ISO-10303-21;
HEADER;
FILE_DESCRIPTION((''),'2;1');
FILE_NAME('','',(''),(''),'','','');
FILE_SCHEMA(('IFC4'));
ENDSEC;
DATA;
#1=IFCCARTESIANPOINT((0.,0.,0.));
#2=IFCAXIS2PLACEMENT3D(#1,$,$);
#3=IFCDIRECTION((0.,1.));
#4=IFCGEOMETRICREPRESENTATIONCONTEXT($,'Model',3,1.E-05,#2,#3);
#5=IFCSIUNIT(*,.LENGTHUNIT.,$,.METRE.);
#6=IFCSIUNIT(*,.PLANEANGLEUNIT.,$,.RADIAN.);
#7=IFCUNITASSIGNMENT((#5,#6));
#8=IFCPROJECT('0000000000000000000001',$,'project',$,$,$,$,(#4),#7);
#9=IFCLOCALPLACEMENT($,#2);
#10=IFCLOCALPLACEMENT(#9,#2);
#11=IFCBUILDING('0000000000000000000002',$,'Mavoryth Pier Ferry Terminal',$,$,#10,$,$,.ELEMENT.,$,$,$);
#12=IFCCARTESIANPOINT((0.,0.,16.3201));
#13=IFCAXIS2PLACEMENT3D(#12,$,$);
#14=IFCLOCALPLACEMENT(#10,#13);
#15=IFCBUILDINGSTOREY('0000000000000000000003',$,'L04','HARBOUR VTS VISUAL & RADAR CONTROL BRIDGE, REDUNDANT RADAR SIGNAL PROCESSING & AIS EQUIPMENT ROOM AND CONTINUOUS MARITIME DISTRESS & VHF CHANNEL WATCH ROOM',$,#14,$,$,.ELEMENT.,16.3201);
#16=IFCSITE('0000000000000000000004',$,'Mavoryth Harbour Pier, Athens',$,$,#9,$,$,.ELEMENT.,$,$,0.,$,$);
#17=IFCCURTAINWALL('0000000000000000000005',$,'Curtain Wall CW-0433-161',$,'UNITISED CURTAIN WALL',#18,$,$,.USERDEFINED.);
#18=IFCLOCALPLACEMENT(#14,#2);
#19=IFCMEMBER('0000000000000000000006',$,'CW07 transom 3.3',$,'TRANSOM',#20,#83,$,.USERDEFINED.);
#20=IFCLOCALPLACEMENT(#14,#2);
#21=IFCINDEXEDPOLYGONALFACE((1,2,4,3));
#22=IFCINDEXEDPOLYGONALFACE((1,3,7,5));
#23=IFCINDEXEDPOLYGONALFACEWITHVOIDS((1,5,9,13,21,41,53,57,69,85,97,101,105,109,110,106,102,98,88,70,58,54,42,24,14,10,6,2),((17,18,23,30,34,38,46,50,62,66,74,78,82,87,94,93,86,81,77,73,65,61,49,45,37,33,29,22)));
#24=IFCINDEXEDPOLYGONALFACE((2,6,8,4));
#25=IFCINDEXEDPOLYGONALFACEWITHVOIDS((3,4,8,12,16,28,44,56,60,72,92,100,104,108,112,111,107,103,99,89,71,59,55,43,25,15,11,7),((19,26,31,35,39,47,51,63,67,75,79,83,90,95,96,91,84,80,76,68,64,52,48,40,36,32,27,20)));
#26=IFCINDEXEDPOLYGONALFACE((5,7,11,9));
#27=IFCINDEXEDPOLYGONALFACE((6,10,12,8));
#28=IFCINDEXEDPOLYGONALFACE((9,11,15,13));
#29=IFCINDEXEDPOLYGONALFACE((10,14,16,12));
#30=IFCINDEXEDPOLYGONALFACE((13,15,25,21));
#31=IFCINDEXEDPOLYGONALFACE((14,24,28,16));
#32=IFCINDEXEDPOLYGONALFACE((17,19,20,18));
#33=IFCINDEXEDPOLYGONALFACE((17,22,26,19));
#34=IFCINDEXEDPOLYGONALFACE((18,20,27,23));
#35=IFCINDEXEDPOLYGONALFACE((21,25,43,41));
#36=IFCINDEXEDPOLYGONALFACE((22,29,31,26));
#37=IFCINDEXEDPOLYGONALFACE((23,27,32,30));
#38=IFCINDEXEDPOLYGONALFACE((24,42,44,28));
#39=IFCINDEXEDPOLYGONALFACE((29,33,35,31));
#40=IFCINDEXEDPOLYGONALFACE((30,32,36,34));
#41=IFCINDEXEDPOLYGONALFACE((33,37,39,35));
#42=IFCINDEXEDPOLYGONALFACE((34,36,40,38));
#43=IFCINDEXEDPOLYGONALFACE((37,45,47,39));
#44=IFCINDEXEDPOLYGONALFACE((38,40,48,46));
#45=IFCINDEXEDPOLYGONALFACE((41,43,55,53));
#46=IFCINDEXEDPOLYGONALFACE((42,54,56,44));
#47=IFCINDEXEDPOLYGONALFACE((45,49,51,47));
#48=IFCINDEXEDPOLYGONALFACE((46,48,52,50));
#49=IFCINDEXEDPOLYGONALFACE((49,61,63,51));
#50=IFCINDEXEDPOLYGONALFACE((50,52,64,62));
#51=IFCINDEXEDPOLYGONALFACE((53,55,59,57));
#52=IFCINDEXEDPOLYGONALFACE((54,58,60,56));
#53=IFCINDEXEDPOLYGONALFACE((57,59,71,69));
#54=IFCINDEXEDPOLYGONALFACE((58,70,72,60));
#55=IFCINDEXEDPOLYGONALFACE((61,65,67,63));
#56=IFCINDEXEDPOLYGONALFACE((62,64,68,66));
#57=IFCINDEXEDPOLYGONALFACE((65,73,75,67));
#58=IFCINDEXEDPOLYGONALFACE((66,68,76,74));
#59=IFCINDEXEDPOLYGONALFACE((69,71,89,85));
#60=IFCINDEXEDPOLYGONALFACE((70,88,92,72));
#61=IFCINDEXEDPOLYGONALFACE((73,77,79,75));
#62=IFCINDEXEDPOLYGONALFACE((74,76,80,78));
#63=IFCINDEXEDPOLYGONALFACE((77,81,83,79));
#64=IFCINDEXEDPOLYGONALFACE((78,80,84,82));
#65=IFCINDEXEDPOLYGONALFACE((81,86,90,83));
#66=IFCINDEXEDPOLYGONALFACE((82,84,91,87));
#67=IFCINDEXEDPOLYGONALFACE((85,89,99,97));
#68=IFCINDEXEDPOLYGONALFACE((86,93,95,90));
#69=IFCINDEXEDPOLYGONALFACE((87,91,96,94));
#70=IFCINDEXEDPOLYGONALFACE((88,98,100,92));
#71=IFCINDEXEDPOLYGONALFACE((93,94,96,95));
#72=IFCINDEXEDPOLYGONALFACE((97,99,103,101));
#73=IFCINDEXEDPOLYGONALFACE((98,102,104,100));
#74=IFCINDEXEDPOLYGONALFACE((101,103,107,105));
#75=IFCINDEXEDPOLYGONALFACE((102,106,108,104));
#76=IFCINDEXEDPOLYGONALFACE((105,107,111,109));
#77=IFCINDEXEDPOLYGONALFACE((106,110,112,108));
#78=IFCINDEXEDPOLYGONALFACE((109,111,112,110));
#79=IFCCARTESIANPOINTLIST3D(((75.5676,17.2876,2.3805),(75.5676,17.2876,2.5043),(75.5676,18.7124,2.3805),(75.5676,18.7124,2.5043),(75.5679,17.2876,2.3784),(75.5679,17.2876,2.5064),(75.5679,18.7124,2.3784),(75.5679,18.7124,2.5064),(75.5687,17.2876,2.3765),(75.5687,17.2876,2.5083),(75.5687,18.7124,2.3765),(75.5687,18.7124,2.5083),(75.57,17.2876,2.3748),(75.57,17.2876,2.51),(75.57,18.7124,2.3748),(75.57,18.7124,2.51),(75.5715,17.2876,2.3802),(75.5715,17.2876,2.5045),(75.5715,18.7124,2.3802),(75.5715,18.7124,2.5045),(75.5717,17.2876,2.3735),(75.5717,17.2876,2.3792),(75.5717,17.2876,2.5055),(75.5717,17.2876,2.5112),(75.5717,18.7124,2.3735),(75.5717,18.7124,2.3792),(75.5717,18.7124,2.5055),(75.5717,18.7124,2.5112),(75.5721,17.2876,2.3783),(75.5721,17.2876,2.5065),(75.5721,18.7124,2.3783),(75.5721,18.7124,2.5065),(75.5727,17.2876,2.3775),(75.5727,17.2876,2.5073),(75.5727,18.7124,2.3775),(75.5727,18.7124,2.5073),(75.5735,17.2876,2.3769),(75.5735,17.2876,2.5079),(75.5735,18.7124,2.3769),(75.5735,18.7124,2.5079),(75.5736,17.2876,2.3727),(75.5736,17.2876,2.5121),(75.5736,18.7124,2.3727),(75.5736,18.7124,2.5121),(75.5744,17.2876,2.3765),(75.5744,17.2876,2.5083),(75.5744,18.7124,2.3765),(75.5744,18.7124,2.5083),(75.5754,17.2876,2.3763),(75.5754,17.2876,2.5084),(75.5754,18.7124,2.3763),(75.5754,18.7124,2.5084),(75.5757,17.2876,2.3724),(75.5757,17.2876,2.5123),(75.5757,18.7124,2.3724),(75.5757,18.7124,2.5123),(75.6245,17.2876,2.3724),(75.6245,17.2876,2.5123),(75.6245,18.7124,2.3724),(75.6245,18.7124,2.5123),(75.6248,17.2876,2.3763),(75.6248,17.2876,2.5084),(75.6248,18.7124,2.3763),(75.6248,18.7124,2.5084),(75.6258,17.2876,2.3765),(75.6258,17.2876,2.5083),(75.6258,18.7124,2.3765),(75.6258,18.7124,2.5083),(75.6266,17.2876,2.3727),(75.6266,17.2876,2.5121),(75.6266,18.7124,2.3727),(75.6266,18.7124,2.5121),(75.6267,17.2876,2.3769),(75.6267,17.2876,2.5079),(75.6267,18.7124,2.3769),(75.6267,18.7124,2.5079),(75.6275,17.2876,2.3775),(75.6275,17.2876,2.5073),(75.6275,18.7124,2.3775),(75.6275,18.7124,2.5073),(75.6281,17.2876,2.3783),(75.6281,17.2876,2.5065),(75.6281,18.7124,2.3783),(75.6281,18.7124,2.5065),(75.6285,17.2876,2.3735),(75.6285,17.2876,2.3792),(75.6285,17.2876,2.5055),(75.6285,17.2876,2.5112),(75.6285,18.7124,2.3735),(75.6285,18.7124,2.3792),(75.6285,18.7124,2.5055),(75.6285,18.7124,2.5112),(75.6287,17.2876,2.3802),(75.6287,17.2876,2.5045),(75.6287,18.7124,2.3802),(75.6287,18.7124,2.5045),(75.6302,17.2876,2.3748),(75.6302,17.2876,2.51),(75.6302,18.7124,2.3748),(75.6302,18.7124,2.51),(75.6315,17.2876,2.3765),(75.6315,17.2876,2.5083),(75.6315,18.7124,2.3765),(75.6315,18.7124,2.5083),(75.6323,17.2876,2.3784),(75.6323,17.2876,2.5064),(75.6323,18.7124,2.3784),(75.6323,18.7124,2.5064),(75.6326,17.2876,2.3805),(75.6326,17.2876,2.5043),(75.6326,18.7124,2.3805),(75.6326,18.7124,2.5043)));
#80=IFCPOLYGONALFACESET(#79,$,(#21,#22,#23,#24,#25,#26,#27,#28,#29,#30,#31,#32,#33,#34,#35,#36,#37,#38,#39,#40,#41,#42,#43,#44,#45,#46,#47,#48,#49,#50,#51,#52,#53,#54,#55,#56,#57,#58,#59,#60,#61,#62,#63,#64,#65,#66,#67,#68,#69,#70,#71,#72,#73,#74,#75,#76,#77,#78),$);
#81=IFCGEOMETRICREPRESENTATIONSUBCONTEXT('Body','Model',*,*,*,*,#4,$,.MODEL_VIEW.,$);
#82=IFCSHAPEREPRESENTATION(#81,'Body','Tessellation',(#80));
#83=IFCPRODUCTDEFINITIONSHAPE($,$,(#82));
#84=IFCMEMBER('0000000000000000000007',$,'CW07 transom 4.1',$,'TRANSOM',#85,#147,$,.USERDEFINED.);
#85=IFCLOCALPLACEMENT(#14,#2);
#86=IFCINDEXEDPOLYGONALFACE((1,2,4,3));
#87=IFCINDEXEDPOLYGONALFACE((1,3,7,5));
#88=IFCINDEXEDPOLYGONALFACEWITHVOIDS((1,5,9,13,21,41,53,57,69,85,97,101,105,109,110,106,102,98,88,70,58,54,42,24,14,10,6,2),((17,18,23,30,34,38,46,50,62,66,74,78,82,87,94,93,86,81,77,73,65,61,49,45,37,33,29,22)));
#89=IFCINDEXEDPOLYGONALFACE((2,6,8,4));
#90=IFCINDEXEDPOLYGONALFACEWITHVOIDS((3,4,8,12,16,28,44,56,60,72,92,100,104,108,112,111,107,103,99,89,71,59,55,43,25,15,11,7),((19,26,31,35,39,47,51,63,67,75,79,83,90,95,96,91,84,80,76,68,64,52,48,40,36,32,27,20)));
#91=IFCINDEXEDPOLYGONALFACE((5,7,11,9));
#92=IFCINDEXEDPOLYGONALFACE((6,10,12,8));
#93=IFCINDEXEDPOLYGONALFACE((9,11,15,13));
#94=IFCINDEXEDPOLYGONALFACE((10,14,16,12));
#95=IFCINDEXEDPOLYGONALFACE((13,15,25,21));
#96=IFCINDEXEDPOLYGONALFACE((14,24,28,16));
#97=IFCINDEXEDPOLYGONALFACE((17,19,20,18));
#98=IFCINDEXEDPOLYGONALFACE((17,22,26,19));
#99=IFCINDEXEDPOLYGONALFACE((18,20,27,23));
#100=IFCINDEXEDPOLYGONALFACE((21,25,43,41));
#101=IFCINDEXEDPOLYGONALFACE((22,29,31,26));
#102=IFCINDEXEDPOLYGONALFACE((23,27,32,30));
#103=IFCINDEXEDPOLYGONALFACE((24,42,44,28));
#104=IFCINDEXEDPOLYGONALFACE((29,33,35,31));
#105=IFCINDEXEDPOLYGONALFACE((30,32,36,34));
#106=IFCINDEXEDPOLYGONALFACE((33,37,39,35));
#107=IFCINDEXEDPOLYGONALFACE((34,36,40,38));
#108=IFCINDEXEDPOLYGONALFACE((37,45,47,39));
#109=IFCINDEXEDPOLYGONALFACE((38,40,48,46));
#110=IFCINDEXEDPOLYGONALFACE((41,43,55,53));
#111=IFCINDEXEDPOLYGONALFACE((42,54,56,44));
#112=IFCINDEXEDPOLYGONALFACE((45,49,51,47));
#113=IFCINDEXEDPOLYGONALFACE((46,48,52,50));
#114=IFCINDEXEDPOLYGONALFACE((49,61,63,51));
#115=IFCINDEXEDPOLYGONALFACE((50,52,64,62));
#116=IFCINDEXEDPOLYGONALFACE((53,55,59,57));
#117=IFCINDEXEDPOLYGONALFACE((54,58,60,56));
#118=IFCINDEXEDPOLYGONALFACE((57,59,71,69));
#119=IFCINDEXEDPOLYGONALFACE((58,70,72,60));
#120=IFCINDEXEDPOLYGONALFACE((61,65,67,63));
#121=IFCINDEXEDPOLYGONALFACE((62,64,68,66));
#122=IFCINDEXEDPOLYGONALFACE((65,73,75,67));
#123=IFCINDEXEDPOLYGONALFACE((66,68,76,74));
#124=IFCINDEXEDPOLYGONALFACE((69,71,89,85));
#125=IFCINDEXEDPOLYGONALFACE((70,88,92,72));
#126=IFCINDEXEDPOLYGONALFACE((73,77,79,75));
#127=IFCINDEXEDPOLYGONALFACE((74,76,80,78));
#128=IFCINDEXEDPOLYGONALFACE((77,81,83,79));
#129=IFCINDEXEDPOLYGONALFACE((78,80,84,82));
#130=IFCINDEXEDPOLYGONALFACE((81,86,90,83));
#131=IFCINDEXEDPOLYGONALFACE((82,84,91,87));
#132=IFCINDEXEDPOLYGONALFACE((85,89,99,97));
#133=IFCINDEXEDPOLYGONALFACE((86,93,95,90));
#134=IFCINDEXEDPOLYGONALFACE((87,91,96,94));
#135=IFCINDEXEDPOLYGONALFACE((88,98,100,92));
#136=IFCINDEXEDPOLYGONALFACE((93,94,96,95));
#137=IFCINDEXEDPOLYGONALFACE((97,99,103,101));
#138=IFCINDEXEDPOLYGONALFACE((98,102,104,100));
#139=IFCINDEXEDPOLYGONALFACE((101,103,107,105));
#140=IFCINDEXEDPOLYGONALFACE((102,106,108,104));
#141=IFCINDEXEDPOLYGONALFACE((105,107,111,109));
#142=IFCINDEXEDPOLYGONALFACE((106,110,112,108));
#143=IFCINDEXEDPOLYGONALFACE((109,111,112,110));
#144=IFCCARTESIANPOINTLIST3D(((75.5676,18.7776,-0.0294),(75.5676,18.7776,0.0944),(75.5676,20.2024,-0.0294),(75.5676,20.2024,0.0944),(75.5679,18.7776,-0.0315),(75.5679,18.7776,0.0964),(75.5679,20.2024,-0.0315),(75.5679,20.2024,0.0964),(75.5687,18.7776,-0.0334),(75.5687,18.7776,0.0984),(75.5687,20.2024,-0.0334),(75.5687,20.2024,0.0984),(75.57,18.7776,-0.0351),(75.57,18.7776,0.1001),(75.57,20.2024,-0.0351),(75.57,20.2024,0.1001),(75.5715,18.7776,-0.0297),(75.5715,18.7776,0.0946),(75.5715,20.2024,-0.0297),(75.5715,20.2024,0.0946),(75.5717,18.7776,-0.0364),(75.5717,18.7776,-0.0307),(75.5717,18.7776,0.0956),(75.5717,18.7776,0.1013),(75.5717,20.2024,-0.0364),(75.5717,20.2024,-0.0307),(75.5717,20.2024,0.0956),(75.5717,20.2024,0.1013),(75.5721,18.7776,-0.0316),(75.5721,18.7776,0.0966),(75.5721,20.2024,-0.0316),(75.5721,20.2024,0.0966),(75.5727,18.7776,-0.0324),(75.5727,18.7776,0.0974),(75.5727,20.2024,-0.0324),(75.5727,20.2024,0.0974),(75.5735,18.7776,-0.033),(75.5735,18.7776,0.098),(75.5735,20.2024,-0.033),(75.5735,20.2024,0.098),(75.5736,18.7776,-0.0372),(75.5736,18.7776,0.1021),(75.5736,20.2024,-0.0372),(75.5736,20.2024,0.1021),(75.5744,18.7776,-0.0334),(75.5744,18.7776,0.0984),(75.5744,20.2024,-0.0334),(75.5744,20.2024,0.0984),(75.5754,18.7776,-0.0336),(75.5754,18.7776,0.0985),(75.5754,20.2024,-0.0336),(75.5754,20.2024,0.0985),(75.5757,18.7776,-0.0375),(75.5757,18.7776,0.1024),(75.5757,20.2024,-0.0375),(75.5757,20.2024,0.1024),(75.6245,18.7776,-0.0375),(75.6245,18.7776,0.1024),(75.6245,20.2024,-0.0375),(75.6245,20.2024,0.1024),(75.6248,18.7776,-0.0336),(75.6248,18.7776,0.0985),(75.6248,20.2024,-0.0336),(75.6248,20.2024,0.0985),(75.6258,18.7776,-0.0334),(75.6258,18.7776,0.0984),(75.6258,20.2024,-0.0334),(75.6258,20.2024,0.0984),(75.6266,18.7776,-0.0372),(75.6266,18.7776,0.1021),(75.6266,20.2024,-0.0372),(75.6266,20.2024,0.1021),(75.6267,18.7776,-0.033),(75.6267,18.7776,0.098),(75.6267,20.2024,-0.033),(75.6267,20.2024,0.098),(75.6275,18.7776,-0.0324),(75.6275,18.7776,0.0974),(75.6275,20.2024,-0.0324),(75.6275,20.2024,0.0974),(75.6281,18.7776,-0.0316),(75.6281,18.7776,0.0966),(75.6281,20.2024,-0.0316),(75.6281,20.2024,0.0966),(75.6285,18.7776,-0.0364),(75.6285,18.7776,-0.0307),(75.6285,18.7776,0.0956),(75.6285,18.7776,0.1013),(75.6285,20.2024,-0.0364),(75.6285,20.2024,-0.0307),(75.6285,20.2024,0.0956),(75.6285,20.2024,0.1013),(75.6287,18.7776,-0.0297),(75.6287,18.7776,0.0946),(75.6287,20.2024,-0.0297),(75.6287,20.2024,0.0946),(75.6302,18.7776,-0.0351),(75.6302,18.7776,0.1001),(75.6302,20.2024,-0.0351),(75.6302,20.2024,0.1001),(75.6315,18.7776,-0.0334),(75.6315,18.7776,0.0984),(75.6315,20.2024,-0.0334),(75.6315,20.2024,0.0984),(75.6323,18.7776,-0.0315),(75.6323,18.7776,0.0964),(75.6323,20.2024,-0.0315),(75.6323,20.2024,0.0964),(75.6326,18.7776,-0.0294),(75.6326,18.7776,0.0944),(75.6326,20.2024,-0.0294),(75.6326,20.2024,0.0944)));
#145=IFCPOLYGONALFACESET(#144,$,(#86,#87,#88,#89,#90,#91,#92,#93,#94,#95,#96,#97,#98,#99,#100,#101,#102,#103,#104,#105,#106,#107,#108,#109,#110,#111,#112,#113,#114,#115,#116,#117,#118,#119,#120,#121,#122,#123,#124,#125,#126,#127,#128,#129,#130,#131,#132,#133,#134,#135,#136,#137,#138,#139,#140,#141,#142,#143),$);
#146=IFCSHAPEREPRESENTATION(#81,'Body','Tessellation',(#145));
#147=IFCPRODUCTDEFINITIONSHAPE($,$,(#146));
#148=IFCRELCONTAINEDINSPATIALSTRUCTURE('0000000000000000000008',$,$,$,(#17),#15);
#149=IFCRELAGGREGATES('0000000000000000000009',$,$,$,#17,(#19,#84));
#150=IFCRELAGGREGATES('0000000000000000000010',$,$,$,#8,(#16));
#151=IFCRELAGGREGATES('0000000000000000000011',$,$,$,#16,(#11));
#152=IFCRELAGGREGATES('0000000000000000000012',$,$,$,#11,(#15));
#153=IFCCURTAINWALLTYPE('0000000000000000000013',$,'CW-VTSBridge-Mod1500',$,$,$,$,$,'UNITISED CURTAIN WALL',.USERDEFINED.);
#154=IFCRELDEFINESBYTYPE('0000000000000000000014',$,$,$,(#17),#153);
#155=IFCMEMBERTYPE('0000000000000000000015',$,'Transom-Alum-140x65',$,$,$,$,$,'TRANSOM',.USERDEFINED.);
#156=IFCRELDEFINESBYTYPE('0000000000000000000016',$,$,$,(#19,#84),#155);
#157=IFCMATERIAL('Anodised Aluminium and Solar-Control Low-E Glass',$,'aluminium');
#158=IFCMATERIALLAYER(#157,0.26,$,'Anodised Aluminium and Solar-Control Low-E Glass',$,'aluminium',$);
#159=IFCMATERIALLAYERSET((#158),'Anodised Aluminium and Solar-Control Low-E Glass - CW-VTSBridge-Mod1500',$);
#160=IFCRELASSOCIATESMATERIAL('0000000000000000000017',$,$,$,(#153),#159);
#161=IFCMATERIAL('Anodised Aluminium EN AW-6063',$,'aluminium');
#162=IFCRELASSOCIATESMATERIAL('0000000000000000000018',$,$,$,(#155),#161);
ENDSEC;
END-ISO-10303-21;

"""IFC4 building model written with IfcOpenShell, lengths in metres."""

from ifc_helpers import new_model, si_unit, direction, frame, origin, origin_2d, place, context, subcontext, project, spatial, hollow_rectangle, extrude, material, layer, layer_set, material_profile, profile_set, type_object, element, aggregate, save


model = new_model("IFC4")

# Units and contexts
model_context = context("Model", 3, precision=1e-05, world=origin(), true_north=direction((0.0, 1.0)))
body_context = subcontext(model_context, "Body", "Model", "MODEL_VIEW")
ifc_project = project(units=[si_unit("LENGTHUNIT", "METRE"), si_unit("PLANEANGLEUNIT", "RADIAN")], contexts=[model_context])

# Site, building, storey
site_placement = place(None, origin())
site = spatial("IfcSite", under=ifc_project, at=site_placement, Name="Mavoryth Harbour Pier, Athens", CompositionType="ELEMENT", RefElevation=0.0)
building_placement = place(site_placement, origin())
building = spatial("IfcBuilding", under=site, at=building_placement, Name="Mavoryth Pier Ferry Terminal", CompositionType="ELEMENT")
storey_placement = place(building_placement, frame((0.0, 0.0, 16.3201)))
storey = spatial("IfcBuildingStorey", under=building, at=storey_placement, Name="L04", Description="HARBOUR VTS VISUAL & RADAR CONTROL BRIDGE, REDUNDANT RADAR SIGNAL PROCESSING & AIS EQUIPMENT ROOM AND CONTINUOUS MARITIME DISTRESS & VHF CHANNEL WATCH ROOM", CompositionType="ELEMENT", Elevation=16.3201)

# Curtain wall, members
ifc_material_1 = material(Name="Anodised Aluminium and Solar-Control Low-E Glass", Category="aluminium")
ifc_layer_1 = layer(ifc_material_1, 0.26, Name="Anodised Aluminium and Solar-Control Low-E Glass", Category="aluminium")
ifc_layer_set_1 = layer_set([ifc_layer_1], Name="Anodised Aluminium and Solar-Control Low-E Glass - CW-VTSBridge-Mod1500")
curtain_wall_type = type_object("IfcCurtainWallType", Name="CW-VTSBridge-Mod1500", ElementType="UNITISED CURTAIN WALL", PredefinedType="USERDEFINED", material=ifc_layer_set_1)
curtain_wall_placement = place(storey_placement, origin())
curtain_wall = element("IfcCurtainWall", 1, at=curtain_wall_placement, inside=storey, type_object=curtain_wall_type, Name="Curtain Wall CW-0433-161", ObjectType="UNITISED CURTAIN WALL", PredefinedType="USERDEFINED")
ifc_material_2 = material(Name="Anodised Aluminium EN AW-6063", Category="aluminium")
ifc_material_profile_1 = material_profile(ifc_material_2, hollow_rectangle(XDim=0.0649, YDim=0.1399, WallThickness=0.0039, InnerFilletRadius=0.0039, OuterFilletRadius=0.0081, at=origin_2d()), Name="AL-TRAN 140x65x4", Category="aluminium")
ifc_profile_set_1 = profile_set([ifc_material_profile_1], Name="Anodised Aluminium EN AW-6063 - AL-TRAN 140x65x4")
member_type_1 = type_object("IfcMemberType", Name="Transom-Alum-140x65", ElementType="TRANSOM", PredefinedType="USERDEFINED", material=ifc_profile_set_1)
member_1_placement = place(storey_placement, frame((75.6001, 17.2876, 2.4424), z_axis=(0.0, 1.0, 0.0), x_axis=(-1.0, 0.0, 0.0)))
member_1 = element("IfcMember", 2, at=member_1_placement, type_object=member_type_1, Name="CW07 transom 3.3", ObjectType="TRANSOM", PredefinedType="USERDEFINED", context=body_context, shape_type="SweptSolid", body=[
    extrude(hollow_rectangle(XDim=0.0649, YDim=0.1399, WallThickness=0.0039, InnerFilletRadius=0.0039, OuterFilletRadius=0.0081, at=origin_2d()), origin(), (0.0, 0.0, 1.0), 1.4248),
])
member_2_placement = place(storey_placement, frame((75.6001, 18.7776, 0.0325), z_axis=(0.0, 1.0, 0.0), x_axis=(-1.0, 0.0, 0.0)))
member_2 = element("IfcMember", 3, at=member_2_placement, type_object=member_type_1, Name="CW07 transom 4.1", ObjectType="TRANSOM", PredefinedType="USERDEFINED", context=body_context, shape_type="SweptSolid", body=[
    extrude(hollow_rectangle(XDim=0.0649, YDim=0.1399, WallThickness=0.0039, InnerFilletRadius=0.0039, OuterFilletRadius=0.0081, at=origin_2d()), origin(), (0.0, 0.0, 1.0), 1.4248),
])
aggregate(curtain_wall, [member_1, member_2])

save(model, "model.ifc")
